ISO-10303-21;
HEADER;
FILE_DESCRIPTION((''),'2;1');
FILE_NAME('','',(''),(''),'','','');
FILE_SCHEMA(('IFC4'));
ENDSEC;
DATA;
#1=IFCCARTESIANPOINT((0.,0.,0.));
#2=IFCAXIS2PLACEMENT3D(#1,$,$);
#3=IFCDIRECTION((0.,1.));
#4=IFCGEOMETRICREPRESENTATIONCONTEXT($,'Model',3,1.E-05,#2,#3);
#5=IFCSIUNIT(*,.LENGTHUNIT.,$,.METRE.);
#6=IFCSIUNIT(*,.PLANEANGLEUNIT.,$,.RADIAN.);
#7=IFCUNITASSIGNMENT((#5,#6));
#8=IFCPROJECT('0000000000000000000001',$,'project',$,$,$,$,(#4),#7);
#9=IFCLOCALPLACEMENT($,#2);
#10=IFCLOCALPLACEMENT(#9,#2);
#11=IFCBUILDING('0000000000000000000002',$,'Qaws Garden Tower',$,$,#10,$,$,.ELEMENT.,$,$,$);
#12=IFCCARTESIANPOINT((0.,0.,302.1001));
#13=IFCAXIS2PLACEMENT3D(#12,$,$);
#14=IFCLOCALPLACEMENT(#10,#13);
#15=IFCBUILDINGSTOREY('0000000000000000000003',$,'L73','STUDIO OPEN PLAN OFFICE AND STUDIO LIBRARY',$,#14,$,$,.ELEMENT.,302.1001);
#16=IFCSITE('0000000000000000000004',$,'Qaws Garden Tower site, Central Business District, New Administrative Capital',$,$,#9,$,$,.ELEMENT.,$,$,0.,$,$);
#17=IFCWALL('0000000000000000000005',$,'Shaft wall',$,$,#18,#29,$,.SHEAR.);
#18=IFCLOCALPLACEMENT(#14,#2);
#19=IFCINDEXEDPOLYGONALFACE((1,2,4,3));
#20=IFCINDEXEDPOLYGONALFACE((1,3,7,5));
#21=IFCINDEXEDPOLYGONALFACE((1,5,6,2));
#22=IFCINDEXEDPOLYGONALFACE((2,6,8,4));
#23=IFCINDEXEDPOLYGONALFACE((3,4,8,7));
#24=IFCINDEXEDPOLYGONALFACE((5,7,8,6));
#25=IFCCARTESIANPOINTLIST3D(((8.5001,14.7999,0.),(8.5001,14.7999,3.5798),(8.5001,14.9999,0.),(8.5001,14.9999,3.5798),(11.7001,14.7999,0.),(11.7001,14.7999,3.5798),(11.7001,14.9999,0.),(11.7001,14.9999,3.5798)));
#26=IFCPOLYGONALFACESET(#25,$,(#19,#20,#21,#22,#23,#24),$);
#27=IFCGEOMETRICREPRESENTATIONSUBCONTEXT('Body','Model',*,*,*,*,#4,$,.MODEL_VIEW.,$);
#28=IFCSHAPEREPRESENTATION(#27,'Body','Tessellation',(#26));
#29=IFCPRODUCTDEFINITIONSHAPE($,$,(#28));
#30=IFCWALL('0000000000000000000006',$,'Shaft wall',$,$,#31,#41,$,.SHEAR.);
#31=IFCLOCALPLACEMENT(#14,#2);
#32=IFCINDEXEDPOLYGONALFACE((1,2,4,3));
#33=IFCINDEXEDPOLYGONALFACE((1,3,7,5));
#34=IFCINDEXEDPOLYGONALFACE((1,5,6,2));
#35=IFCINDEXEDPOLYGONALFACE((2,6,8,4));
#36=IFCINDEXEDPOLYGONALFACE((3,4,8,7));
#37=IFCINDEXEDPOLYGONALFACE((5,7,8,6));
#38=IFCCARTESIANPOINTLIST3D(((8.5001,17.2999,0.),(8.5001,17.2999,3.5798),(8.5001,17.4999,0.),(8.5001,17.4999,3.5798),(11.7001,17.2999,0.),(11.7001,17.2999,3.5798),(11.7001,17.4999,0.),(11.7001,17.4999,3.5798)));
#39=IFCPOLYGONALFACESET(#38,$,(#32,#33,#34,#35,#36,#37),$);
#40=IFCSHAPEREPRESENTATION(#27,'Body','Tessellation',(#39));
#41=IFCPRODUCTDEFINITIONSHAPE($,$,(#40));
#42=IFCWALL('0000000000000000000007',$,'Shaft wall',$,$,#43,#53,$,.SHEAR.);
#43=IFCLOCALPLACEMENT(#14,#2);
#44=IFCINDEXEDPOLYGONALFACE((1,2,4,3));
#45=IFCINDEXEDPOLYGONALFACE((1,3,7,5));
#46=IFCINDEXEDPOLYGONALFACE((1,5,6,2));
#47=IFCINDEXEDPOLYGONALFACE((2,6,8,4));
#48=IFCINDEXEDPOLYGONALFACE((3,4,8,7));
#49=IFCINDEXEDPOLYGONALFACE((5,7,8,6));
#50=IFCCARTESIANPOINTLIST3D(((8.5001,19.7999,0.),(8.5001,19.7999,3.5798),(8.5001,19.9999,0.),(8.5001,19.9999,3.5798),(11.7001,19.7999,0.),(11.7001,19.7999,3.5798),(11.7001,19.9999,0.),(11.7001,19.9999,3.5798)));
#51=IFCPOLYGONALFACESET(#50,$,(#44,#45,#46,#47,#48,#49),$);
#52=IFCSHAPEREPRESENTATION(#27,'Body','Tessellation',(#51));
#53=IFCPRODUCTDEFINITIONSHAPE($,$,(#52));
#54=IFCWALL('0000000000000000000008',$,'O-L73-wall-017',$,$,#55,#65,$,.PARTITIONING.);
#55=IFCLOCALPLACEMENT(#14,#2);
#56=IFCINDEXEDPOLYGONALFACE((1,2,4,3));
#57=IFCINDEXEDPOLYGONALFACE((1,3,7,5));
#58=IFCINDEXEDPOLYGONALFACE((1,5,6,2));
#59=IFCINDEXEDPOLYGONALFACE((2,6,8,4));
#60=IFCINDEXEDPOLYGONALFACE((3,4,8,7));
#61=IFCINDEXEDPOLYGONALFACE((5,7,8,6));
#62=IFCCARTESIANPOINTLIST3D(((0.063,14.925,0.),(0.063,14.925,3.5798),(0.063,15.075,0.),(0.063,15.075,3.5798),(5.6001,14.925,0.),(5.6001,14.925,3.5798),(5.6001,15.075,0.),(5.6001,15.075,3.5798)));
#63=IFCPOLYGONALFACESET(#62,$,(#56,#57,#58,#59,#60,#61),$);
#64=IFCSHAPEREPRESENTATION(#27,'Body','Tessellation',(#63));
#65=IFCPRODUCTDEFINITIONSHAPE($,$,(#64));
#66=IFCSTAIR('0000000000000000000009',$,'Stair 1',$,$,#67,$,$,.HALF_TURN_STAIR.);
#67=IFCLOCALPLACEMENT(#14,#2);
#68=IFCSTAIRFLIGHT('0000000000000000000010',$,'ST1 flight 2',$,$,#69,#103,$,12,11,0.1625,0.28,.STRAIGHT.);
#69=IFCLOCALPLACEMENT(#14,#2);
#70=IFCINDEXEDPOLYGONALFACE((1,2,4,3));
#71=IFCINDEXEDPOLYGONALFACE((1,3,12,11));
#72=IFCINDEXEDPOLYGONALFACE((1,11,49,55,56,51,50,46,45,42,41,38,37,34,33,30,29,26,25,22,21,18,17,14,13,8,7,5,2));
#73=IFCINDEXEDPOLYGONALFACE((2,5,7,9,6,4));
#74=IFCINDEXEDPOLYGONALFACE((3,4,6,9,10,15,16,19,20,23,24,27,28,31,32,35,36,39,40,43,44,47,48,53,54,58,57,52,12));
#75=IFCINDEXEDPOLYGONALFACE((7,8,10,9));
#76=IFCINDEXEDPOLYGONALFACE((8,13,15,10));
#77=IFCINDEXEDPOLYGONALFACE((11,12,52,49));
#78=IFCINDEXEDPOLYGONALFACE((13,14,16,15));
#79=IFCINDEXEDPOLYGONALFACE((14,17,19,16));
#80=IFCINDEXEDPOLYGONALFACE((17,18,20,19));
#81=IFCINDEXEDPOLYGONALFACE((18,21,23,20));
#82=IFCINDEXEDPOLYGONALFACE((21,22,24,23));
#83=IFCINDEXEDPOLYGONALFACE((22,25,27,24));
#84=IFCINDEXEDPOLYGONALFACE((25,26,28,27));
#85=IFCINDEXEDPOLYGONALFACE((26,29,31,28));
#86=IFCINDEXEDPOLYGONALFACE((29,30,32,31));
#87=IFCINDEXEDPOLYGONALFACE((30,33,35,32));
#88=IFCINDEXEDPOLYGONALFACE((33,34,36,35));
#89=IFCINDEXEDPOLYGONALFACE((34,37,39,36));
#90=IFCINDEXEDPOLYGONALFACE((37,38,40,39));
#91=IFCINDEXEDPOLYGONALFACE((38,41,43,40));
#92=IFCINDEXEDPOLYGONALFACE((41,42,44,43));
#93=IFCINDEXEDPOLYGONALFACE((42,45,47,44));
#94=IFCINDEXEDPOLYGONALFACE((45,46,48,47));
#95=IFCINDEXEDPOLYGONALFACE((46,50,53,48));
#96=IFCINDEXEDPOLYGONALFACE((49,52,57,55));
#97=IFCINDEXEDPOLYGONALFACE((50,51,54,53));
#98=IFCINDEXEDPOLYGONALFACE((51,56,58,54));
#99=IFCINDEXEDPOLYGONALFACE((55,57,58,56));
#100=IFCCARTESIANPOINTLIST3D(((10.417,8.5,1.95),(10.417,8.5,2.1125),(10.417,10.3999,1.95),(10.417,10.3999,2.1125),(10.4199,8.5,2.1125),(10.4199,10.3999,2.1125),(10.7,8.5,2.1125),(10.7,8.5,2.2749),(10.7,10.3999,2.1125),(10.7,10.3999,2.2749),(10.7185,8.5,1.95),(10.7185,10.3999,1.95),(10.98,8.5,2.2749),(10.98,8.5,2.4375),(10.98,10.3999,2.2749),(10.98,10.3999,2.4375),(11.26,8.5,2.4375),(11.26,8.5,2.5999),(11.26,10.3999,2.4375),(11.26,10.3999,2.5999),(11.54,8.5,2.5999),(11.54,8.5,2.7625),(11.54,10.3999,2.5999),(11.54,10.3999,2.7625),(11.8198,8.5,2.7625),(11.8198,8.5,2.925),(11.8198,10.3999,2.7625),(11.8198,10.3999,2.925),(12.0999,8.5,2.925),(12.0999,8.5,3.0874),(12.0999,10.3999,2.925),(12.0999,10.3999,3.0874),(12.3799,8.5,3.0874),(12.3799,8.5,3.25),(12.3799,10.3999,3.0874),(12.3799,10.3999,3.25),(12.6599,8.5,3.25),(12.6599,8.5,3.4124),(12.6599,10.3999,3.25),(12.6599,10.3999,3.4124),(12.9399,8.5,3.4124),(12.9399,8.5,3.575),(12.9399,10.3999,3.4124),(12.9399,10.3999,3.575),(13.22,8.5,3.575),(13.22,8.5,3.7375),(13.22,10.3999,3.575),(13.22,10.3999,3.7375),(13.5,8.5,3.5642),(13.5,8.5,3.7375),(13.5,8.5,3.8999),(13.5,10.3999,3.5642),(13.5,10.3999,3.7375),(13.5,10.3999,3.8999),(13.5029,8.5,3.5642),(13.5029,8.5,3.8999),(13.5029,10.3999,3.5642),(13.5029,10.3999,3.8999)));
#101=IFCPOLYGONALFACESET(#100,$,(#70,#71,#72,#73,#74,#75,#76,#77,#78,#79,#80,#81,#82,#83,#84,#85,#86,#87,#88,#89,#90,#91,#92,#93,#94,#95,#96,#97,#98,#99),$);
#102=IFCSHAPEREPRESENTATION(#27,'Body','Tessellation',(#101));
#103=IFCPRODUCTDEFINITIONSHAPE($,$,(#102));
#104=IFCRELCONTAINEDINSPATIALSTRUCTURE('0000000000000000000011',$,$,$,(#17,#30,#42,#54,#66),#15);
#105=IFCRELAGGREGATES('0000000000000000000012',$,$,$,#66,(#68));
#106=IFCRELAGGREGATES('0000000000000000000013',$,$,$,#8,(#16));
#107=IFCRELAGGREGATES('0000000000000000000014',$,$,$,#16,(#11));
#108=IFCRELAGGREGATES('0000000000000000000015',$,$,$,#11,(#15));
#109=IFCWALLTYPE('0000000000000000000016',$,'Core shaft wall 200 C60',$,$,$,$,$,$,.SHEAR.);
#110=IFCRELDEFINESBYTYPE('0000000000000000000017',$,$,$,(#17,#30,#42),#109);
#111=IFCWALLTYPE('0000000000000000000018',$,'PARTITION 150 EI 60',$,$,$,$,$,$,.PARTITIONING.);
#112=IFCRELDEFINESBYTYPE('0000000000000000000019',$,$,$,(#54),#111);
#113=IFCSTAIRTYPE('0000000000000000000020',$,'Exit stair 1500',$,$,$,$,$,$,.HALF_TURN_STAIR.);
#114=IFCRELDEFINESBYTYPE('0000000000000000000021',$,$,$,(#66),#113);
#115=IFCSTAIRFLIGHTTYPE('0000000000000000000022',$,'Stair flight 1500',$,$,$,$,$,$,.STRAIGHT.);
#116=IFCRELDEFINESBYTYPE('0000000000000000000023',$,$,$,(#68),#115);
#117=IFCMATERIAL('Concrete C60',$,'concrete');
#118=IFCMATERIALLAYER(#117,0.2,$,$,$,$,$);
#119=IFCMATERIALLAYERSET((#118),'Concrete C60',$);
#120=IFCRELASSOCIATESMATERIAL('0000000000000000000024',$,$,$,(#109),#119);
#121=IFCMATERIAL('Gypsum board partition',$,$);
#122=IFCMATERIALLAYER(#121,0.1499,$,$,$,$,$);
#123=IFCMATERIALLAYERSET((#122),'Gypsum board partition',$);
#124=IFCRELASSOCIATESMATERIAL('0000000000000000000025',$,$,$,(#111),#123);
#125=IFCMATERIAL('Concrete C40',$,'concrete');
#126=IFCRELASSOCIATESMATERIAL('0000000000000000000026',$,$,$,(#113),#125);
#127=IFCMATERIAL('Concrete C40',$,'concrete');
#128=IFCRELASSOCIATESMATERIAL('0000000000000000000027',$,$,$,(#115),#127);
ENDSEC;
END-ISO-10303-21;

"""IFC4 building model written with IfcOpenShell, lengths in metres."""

from ifc_helpers import new_model, si_unit, direction, frame, frame_2d, origin, place, context, subcontext, project, spatial, polyline, rectangle, outline, extrude, material, layer, layer_set, type_object, element, aggregate, save


model = new_model("IFC4")

# Units and contexts
model_context = context("Model", 3, precision=1e-05, world=origin(), true_north=direction((0.0, 1.0)))
body_context = subcontext(model_context, "Body", "Model", "MODEL_VIEW")
ifc_project = project(units=[si_unit("LENGTHUNIT", "METRE"), si_unit("PLANEANGLEUNIT", "RADIAN")], contexts=[model_context])

# Site, building, storey
site_placement = place(None, origin())
site = spatial("IfcSite", under=ifc_project, at=site_placement, Name="Qaws Garden Tower site, Central Business District, New Administrative Capital", CompositionType="ELEMENT", RefElevation=0.0)
building_placement = place(site_placement, origin())
building = spatial("IfcBuilding", under=site, at=building_placement, Name="Qaws Garden Tower", CompositionType="ELEMENT")
storey_placement = place(building_placement, frame((0.0, 0.0, 302.1001)))
storey = spatial("IfcBuildingStorey", under=building, at=storey_placement, Name="L73", Description="STUDIO OPEN PLAN OFFICE AND STUDIO LIBRARY", CompositionType="ELEMENT", Elevation=302.1001)

# Walls
ifc_material_1 = material(Name="Concrete C60", Category="concrete")
ifc_layer_1 = layer(ifc_material_1, 0.2)
ifc_layer_set_1 = layer_set([ifc_layer_1], Name="Concrete C60")
wall_type_1 = type_object("IfcWallType", Name="Core shaft wall 200 C60", PredefinedType="SHEAR", material=ifc_layer_set_1)
for number, where, z_axis, x_axis, name in (
    (1, (8.5, 14.8999, 0.0), (0.0, 0.0, 1.0), (1.0, 0.0, 0.0), "Shaft wall"),
    (2, (8.5, 17.3999, 0.0), (0.0, 0.0, 1.0), (1.0, 0.0, 0.0), "Shaft wall"),
    (3, (8.5, 19.8999, 0.0), (0.0, 0.0, 1.0), (1.0, 0.0, 0.0), "Shaft wall"),
):
    element("IfcWall", number, at=place(storey_placement, frame(where, z_axis=z_axis, x_axis=x_axis)), inside=storey, type_object=wall_type_1, Name=name, PredefinedType="SHEAR", context=body_context, shape_type="SweptSolid", body=[
        extrude(rectangle(XDim=3.2, YDim=0.2, at=frame_2d((1.6001, 0.0))), origin(), (0.0, 0.0, 1.0), 3.5798),
    ])
ifc_material_2 = material(Name="Gypsum board partition")
ifc_layer_2 = layer(ifc_material_2, 0.1499)
ifc_layer_set_2 = layer_set([ifc_layer_2], Name="Gypsum board partition")
wall_type_2 = type_object("IfcWallType", Name="PARTITION 150 EI 60", PredefinedType="PARTITIONING", material=ifc_layer_set_2)
wall_1_placement = place(storey_placement, frame((0.063, 15.0, 0.0), z_axis=(0.0, 0.0, 1.0), x_axis=(1.0, 0.0, 0.0)))
element("IfcWall", 4, at=wall_1_placement, inside=storey, type_object=wall_type_2, Name="O-L73-wall-017", PredefinedType="PARTITIONING", context=body_context, shape_type="SweptSolid", body=[
    extrude(rectangle(XDim=5.5371, YDim=0.1499, at=frame_2d((2.7686, 0.0))), origin(), (0.0, 0.0, 1.0), 3.5798),
])

# Stair, stair flight
ifc_material_3 = material(Name="Concrete C40", Category="concrete")
stair_type = type_object("IfcStairType", Name="Exit stair 1500", PredefinedType="HALF_TURN_STAIR", material=ifc_material_3)
stair_placement = place(storey_placement, origin())
stair = element("IfcStair", 5, at=stair_placement, inside=storey, type_object=stair_type, Name="Stair 1", PredefinedType="HALF_TURN_STAIR")
ifc_material_4 = material(Name="Concrete C40", Category="concrete")
stair_flight_type = type_object("IfcStairFlightType", Name="Stair flight 1500", PredefinedType="STRAIGHT", material=ifc_material_4)
stair_flight_placement = place(storey_placement, frame((10.4199, 9.45, 1.95), z_axis=(0.0, 0.0, 1.0), x_axis=(1.0, 0.0, 0.0)))
stair_flight = element("IfcStairFlight", 6, at=stair_flight_placement, type_object=stair_flight_type, Name="ST1 flight 2", NumberOfRisers=12, NumberOfTreads=11, PredefinedType="STRAIGHT", RiserHeight=0.1625, TreadLength=0.28, context=body_context, shape_type="SweptSolid", body=[
    extrude(outline(polyline([(-0.0029, 0.0), (-0.0029, 0.1626), (0.0, 0.1626), (0.28, 0.1626), (0.28, 0.325), (0.5601, 0.325), (0.5601, 0.4875), (0.8401, 0.4875), (0.8401, 0.6499), (1.1201, 0.6499), (1.1201, 0.8125), (1.3999, 0.8125), (1.3999, 0.9751), (1.6799, 0.9751), (1.6799, 1.1375), (1.96, 1.1375), (1.96, 1.3), (2.24, 1.3), (2.24, 1.4624), (2.52, 1.4624), (2.52, 1.625), (2.8, 1.625), (2.8, 1.7876), (3.0801, 1.7876), (3.0801, 1.95), (3.083, 1.95), (3.083, 1.6143), (3.0801, 1.6143), (0.2986, 0.0), (-0.0029, 0.0)])), frame((0.0, 0.95, 0.0), z_axis=(0.0, -1.0, 0.0), x_axis=(1.0, 0.0, 0.0)), (0.0, 0.0, 1.0), 1.8999),
])
aggregate(stair, [stair_flight])

save(model, "model.ifc")
